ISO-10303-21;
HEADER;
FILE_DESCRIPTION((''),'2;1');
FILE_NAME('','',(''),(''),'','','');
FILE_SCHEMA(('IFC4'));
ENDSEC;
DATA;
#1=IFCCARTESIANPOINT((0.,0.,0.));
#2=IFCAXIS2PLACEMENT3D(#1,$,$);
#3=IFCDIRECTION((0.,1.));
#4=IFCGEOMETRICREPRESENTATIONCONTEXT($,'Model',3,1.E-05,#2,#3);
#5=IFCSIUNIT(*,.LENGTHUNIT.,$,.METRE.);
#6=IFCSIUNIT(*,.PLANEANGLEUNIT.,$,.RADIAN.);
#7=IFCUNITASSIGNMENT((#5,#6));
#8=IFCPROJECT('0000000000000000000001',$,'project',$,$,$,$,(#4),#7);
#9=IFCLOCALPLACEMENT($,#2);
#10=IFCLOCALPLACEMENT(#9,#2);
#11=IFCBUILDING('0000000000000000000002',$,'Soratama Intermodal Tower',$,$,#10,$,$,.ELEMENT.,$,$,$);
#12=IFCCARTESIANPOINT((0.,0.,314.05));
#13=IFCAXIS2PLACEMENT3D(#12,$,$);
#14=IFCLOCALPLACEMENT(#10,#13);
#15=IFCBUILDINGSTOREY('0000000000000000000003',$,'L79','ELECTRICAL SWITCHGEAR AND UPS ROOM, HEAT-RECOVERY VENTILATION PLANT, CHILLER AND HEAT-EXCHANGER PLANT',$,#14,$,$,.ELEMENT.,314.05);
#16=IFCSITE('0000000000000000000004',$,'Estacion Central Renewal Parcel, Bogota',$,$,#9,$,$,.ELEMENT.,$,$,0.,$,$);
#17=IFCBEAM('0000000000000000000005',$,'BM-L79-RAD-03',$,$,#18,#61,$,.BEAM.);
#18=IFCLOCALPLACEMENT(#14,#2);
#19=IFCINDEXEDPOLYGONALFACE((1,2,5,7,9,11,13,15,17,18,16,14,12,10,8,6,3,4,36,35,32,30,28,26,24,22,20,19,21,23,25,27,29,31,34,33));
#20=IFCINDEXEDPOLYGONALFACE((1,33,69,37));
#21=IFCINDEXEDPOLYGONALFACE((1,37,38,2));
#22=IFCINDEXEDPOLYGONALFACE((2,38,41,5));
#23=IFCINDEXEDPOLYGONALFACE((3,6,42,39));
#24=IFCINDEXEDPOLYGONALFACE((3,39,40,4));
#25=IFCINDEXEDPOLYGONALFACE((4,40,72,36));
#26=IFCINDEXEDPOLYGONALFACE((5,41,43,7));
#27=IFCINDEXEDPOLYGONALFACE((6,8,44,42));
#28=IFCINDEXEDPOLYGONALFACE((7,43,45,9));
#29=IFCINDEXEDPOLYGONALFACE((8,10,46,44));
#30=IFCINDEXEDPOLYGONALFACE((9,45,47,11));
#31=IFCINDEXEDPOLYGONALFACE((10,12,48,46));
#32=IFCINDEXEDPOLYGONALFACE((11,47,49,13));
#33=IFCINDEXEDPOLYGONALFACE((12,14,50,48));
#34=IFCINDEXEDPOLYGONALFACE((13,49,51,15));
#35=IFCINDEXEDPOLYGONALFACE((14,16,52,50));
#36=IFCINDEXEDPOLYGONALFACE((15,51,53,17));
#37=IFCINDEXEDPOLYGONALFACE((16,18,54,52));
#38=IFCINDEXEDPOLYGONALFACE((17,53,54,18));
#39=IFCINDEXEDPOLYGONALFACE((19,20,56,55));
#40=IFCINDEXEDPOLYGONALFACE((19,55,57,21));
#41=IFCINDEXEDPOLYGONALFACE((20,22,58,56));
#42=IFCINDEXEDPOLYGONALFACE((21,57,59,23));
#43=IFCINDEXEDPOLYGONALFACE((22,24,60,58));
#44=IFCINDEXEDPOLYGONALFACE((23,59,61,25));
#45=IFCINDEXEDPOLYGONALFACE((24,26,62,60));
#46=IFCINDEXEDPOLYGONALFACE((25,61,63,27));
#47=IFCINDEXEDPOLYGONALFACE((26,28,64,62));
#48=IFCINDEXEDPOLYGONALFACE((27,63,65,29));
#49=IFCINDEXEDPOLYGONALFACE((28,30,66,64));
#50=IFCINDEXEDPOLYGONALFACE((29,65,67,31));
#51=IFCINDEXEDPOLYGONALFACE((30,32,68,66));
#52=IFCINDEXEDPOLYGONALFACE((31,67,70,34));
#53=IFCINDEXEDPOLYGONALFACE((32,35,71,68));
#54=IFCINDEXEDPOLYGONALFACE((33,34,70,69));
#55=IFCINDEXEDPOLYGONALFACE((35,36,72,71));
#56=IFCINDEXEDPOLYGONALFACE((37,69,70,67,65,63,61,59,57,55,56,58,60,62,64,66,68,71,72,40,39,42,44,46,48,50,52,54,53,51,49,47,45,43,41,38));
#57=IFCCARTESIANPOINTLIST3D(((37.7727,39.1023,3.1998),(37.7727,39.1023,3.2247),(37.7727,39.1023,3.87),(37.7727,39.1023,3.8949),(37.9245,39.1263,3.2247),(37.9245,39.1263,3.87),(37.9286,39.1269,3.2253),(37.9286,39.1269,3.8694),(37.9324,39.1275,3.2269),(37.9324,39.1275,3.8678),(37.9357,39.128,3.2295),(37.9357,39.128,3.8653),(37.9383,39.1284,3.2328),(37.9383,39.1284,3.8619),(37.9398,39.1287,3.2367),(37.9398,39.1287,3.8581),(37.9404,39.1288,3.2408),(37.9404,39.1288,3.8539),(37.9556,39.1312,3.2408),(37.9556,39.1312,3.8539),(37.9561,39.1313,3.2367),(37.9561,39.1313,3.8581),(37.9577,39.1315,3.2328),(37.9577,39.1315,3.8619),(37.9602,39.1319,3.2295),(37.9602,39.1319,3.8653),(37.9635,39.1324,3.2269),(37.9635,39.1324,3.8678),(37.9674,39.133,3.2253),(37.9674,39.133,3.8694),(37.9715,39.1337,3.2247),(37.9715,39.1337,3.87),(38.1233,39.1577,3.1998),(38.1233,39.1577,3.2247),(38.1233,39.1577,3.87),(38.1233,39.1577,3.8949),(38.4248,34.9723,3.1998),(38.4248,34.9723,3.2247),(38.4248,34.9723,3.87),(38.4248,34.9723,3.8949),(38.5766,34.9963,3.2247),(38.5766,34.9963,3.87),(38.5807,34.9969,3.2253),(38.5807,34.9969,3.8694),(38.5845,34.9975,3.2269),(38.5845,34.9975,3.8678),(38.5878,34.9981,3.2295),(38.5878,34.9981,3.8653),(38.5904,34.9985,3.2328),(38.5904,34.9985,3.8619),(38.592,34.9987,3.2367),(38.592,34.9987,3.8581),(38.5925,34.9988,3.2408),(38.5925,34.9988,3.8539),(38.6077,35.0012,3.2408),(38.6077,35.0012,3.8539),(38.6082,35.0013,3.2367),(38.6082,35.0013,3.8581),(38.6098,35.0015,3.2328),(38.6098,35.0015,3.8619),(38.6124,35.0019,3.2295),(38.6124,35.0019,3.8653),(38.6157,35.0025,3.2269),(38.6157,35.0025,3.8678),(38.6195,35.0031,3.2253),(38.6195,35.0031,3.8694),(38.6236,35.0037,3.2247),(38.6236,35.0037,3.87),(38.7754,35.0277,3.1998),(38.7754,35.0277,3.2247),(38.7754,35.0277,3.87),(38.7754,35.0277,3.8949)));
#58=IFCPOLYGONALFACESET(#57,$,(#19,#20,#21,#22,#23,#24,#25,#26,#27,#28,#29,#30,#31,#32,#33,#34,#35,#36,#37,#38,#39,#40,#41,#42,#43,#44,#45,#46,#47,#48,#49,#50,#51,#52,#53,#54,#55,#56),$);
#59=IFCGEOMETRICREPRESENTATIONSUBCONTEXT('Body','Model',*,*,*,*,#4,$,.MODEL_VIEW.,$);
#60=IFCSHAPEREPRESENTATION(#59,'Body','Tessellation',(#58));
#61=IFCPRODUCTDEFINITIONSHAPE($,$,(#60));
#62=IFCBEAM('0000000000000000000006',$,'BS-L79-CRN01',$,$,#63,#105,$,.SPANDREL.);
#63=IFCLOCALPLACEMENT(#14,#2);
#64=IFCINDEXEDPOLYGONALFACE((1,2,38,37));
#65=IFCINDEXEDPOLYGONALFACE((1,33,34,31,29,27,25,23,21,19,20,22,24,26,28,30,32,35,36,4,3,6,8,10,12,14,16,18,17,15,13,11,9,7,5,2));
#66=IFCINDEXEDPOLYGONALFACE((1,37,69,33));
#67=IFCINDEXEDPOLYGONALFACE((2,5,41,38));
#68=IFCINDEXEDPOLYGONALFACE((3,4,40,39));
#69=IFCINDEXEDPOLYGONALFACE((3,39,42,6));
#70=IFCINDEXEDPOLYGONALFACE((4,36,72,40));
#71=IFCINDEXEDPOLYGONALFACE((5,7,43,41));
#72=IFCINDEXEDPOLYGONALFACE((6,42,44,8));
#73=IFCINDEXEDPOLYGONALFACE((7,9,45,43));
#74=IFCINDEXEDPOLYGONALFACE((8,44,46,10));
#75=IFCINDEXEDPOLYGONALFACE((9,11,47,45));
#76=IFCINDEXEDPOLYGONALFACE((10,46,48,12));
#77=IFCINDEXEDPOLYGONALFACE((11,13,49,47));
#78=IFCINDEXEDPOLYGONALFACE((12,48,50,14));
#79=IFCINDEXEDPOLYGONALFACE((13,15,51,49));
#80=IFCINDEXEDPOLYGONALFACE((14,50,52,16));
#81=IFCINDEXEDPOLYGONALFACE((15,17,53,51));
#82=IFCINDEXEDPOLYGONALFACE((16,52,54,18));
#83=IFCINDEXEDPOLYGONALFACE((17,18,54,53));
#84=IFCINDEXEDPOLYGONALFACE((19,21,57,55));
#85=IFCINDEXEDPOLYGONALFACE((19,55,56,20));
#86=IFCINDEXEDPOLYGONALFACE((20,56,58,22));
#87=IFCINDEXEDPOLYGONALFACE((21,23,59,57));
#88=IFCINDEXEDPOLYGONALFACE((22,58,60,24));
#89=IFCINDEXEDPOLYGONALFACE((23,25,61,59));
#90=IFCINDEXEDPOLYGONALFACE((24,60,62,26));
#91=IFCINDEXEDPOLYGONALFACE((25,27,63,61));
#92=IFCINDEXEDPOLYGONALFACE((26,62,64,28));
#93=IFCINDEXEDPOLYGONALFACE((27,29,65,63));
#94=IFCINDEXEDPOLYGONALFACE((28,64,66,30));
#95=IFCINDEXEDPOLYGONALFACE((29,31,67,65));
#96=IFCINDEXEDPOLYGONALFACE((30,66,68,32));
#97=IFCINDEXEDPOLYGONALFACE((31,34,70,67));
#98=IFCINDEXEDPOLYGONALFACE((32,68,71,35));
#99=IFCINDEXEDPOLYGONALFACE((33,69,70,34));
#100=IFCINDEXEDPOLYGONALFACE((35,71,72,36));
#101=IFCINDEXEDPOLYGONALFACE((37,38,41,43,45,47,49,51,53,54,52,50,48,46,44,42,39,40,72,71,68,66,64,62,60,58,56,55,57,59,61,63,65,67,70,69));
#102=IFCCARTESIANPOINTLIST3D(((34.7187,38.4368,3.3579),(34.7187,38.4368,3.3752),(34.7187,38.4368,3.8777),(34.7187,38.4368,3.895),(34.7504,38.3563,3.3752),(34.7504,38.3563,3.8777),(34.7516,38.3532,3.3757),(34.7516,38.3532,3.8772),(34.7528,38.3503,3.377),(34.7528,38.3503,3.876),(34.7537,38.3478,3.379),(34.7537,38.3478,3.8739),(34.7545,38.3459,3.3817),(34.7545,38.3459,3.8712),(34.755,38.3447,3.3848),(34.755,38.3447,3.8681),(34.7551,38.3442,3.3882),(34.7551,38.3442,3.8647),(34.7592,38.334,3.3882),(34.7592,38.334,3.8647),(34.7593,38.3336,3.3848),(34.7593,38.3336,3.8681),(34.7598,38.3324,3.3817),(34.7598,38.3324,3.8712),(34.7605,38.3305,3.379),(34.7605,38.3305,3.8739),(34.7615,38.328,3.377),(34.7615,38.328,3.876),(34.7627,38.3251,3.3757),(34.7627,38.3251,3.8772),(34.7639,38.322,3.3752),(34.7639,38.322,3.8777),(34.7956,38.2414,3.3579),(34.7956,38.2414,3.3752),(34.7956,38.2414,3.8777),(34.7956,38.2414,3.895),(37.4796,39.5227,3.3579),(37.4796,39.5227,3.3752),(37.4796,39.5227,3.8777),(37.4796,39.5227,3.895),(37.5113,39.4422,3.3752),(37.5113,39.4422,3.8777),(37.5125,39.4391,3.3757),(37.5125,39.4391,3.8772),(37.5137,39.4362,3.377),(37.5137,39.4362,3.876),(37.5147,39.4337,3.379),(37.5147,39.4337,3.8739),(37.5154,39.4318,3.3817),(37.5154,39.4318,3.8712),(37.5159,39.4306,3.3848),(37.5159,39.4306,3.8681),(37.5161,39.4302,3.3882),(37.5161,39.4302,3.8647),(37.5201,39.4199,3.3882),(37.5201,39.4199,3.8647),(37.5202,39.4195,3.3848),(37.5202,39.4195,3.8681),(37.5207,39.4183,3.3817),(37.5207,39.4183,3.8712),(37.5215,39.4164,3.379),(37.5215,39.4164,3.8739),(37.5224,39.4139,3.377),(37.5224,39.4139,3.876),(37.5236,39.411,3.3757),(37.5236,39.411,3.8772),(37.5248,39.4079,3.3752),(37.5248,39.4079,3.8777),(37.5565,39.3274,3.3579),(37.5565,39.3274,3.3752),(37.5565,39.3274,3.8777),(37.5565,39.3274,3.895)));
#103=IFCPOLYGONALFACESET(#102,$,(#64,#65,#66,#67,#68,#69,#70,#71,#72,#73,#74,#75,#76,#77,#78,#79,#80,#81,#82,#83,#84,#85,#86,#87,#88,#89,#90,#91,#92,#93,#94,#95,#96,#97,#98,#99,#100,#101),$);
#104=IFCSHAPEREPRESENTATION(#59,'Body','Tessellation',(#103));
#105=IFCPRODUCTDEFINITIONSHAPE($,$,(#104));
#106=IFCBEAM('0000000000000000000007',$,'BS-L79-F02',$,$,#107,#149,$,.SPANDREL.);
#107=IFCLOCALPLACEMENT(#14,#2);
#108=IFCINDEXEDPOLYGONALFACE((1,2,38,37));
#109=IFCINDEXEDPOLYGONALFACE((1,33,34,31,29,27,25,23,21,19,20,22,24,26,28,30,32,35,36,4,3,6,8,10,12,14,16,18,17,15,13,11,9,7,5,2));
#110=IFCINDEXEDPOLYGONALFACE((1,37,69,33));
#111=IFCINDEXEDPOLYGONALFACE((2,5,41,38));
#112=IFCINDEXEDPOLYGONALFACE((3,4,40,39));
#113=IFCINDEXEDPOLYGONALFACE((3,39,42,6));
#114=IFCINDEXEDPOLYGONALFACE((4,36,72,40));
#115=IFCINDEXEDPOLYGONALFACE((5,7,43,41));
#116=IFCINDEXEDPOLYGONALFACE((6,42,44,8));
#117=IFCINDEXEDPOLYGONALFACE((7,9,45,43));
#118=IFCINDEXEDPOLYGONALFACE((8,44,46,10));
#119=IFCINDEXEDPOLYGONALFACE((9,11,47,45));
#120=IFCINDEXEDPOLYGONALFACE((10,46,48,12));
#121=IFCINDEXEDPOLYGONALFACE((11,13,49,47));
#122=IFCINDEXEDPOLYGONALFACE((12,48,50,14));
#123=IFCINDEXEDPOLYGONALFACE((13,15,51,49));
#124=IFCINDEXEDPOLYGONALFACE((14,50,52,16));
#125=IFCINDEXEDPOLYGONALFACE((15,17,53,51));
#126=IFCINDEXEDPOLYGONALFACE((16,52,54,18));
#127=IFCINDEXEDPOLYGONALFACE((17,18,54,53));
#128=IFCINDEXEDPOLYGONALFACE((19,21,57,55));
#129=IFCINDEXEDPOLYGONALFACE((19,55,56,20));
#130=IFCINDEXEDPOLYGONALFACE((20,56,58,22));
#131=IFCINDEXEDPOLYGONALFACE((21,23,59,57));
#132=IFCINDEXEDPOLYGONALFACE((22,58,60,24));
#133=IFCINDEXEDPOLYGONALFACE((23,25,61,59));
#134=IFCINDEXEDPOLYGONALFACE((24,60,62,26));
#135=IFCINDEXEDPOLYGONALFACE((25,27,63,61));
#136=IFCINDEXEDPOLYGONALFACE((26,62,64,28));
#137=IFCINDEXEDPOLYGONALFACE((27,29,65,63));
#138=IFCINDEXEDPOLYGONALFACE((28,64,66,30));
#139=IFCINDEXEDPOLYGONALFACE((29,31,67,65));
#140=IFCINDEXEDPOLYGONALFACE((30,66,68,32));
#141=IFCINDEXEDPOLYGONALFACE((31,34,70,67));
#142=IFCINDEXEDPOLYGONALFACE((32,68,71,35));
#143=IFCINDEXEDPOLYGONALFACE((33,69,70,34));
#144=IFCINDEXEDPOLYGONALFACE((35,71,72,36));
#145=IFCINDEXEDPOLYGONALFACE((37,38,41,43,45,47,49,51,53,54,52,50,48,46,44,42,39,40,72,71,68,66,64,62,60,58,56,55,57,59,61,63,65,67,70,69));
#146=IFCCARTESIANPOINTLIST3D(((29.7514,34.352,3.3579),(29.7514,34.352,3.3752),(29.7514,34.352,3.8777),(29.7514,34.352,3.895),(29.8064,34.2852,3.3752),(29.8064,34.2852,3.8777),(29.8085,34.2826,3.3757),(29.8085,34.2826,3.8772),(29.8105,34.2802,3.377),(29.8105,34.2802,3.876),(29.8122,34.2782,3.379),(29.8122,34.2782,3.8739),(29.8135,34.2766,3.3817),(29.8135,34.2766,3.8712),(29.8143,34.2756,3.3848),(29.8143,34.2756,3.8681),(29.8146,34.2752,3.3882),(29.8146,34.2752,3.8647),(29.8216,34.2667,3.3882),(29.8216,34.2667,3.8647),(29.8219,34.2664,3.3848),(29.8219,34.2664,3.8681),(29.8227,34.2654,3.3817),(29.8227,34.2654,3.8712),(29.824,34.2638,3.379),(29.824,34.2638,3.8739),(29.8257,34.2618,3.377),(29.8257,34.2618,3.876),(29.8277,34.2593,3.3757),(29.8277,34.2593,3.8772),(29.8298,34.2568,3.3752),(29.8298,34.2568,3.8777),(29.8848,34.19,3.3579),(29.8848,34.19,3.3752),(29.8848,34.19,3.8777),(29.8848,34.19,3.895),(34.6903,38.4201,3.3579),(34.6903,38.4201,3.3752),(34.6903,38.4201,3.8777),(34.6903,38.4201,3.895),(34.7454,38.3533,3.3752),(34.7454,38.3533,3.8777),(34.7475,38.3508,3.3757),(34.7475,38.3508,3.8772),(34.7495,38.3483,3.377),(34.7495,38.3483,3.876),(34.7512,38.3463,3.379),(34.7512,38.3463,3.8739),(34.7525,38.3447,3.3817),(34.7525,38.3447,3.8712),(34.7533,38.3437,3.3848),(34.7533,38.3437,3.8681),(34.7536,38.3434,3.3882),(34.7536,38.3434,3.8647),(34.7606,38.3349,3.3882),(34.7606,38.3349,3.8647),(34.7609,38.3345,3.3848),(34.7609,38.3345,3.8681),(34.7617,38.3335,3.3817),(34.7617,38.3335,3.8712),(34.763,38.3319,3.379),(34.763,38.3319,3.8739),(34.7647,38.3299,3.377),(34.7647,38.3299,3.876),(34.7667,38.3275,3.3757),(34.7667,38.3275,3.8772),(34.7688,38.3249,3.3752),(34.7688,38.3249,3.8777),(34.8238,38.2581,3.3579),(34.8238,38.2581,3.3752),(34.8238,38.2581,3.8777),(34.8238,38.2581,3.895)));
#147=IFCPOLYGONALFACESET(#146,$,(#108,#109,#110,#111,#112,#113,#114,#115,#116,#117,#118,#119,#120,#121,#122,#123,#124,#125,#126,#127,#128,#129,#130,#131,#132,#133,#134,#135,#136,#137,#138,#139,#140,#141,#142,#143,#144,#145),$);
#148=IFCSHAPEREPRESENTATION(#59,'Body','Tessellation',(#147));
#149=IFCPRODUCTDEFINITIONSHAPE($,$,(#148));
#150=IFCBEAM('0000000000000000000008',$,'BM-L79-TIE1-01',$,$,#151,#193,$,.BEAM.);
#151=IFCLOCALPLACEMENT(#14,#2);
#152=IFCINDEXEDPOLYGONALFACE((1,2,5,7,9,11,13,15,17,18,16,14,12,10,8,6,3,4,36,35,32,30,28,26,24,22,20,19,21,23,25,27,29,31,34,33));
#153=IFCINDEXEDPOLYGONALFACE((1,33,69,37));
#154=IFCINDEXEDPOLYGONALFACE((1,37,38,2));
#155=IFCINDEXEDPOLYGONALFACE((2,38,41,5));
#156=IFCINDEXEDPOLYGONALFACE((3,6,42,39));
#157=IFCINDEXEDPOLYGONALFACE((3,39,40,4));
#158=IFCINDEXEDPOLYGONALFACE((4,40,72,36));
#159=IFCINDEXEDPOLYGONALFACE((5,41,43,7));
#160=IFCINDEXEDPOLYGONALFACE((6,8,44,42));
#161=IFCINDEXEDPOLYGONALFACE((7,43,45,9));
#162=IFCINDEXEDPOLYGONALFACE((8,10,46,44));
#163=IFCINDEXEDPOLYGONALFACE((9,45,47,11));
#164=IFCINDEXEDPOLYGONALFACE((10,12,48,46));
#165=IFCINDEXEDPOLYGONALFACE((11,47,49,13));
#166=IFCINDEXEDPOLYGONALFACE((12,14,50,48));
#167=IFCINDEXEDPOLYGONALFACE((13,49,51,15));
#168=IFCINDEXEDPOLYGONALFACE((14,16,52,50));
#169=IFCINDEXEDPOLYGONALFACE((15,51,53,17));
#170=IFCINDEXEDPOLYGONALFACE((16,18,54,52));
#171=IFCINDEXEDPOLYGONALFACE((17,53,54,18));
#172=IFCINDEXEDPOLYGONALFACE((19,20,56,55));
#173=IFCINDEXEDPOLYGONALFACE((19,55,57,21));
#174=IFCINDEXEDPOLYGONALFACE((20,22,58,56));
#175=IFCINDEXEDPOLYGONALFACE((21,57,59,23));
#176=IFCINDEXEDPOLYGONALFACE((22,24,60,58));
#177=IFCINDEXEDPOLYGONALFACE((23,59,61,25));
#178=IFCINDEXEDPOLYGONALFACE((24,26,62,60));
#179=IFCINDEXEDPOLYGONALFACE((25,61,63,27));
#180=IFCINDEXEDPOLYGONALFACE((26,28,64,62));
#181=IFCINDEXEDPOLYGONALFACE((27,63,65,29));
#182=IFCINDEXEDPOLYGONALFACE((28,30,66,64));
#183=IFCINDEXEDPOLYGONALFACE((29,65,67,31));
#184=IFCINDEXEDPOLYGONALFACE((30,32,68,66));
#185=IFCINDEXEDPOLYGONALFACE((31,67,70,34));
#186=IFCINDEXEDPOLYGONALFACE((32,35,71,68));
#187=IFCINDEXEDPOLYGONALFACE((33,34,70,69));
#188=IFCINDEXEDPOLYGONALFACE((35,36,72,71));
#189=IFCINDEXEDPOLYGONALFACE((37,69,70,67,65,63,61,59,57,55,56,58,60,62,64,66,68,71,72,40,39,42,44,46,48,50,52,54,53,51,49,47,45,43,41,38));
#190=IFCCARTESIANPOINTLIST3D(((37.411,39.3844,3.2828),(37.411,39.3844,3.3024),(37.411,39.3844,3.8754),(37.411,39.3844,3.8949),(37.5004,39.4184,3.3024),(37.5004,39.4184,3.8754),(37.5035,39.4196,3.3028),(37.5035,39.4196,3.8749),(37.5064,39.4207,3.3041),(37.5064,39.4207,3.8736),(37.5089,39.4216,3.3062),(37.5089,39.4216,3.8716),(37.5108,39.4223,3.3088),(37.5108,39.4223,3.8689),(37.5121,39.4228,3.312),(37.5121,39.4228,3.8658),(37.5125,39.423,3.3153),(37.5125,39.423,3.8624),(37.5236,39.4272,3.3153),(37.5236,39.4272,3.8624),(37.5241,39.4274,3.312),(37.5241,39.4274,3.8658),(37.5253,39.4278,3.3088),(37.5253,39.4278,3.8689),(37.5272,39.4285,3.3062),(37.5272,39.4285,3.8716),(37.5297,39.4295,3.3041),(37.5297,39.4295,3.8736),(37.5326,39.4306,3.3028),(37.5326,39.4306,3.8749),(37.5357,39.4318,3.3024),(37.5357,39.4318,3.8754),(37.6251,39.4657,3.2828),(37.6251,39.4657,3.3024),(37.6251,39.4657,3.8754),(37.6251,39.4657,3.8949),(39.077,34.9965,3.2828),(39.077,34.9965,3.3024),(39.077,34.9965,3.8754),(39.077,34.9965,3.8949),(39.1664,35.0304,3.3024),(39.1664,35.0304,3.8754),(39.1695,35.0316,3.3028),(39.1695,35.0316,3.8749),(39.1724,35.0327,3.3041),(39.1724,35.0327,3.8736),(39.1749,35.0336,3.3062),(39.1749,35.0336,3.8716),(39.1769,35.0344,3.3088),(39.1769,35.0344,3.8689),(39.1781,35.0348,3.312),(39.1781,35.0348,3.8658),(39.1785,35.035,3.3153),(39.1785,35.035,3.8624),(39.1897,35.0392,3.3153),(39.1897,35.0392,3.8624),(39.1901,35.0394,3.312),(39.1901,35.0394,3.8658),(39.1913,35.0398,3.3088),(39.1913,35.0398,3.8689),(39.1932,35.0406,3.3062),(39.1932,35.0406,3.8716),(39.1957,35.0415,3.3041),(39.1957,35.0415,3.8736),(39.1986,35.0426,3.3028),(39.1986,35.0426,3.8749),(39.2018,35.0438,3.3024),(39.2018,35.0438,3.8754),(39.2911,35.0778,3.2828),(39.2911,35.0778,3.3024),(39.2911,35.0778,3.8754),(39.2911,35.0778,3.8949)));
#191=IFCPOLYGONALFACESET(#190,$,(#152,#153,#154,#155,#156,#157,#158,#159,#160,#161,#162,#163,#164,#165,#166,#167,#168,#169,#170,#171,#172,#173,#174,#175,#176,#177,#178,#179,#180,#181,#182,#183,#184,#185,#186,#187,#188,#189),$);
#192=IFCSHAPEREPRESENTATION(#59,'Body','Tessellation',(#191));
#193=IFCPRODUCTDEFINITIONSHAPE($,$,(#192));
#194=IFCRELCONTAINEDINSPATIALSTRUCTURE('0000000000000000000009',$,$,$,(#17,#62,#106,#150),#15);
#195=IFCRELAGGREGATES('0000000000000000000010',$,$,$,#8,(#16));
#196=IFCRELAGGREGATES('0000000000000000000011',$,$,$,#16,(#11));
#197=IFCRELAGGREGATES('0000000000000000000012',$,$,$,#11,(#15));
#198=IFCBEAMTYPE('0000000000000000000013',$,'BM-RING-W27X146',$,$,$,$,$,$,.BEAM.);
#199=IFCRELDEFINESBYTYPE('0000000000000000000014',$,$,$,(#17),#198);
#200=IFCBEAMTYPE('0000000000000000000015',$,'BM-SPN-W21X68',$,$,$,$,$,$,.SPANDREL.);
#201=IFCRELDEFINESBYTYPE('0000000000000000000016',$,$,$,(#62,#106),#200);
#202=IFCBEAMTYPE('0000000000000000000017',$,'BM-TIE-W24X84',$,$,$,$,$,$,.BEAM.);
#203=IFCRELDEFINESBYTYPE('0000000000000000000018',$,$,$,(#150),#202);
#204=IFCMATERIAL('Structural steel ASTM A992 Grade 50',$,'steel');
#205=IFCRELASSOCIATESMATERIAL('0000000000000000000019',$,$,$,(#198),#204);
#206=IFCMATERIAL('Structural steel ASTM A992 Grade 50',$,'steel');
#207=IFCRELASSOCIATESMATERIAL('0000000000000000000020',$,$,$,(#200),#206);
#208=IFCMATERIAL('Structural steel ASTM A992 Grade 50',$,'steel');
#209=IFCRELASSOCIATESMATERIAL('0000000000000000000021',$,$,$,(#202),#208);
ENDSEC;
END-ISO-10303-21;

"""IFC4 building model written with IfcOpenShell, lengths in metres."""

from ifc_helpers import new_model, si_unit, direction, frame, origin, origin_2d, place, context, subcontext, project, spatial, i_section, extrude, material, material_profile, profile_set, type_object, element, save


model = new_model("IFC4")

# Units and contexts
model_context = context("Model", 3, precision=1e-05, world=origin(), true_north=direction((0.0, 1.0)))
body_context = subcontext(model_context, "Body", "Model", "MODEL_VIEW")
ifc_project = project(units=[si_unit("LENGTHUNIT", "METRE"), si_unit("PLANEANGLEUNIT", "RADIAN")], contexts=[model_context])

# Site, building, storey
site_placement = place(None, origin())
site = spatial("IfcSite", under=ifc_project, at=site_placement, Name="Estacion Central Renewal Parcel, Bogota", CompositionType="ELEMENT", RefElevation=0.0)
building_placement = place(site_placement, origin())
building = spatial("IfcBuilding", under=site, at=building_placement, Name="Soratama Intermodal Tower", CompositionType="ELEMENT")
storey_placement = place(building_placement, frame((0.0, 0.0, 314.05)))
storey = spatial("IfcBuildingStorey", under=building, at=storey_placement, Name="L79", Description="ELECTRICAL SWITCHGEAR AND UPS ROOM, HEAT-RECOVERY VENTILATION PLANT, CHILLER AND HEAT-EXCHANGER PLANT", CompositionType="ELEMENT", Elevation=314.05)

# Beams
ifc_material_1 = material(Name="Structural steel ASTM A992 Grade 50", Category="steel")
ifc_material_profile_1 = material_profile(ifc_material_1, i_section(OverallWidth=0.355, OverallDepth=0.6951, WebThickness=0.0154, FlangeThickness=0.0249, FilletRadius=0.0161, at=origin_2d()), Name="W27X146")
ifc_profile_set_1 = profile_set([ifc_material_profile_1], Name="Structural steel ASTM A992 Grade 50")
beam_type_1 = type_object("IfcBeamType", Name="BM-RING-W27X146", PredefinedType="BEAM", material=ifc_profile_set_1)
beam_1_placement = place(storey_placement, frame((38.6001, 35.0, 3.5474), z_axis=(-0.155966, 0.987762, 0.0), x_axis=(-0.987762, -0.155966, 0.0)))
element("IfcBeam", 1, at=beam_1_placement, inside=storey, type_object=beam_type_1, Name="BM-L79-RAD-03", PredefinedType="BEAM", context=body_context, shape_type="SweptSolid", body=[
    extrude(i_section(OverallWidth=0.355, OverallDepth=0.6951, WebThickness=0.0154, FlangeThickness=0.0249, FilletRadius=0.0161, at=origin_2d()), origin(), (0.0, 0.0, 1.0), 4.1812),
])
ifc_material_2 = material(Name="Structural steel ASTM A992 Grade 50", Category="steel")
ifc_material_profile_2 = material_profile(ifc_material_2, i_section(OverallWidth=0.21, OverallDepth=0.5371, WebThickness=0.011, FlangeThickness=0.0173, FilletRadius=0.0129, at=origin_2d()), Name="W21X68")
ifc_profile_set_2 = profile_set([ifc_material_profile_2], Name="Structural steel ASTM A992 Grade 50")
beam_type_2 = type_object("IfcBeamType", Name="BM-SPN-W21X68", PredefinedType="SPANDREL", material=ifc_profile_set_2)
beam_2_placement = place(storey_placement, frame((37.5181, 39.425, 3.6265), z_axis=(-0.930606, -0.366022, 0.0), x_axis=(0.366022, -0.930606, 0.0)))
element("IfcBeam", 2, at=beam_2_placement, inside=storey, type_object=beam_type_2, Name="BS-L79-CRN01", PredefinedType="SPANDREL", context=body_context, shape_type="SweptSolid", body=[
    extrude(i_section(OverallWidth=0.21, OverallDepth=0.5371, WebThickness=0.011, FlangeThickness=0.0173, FilletRadius=0.0129, at=origin_2d()), origin(), (0.0, 0.0, 1.0), 2.9668),
])
beam_3_placement = place(storey_placement, frame((34.7571, 38.3391, 3.6265), z_axis=(-0.771874, -0.635775, 0.0), x_axis=(0.635775, -0.771874, 0.0)))
element("IfcBeam", 3, at=beam_3_placement, inside=storey, type_object=beam_type_2, Name="BS-L79-F02", PredefinedType="SPANDREL", context=body_context, shape_type="SweptSolid", body=[
    extrude(i_section(OverallWidth=0.21, OverallDepth=0.5371, WebThickness=0.011, FlangeThickness=0.0173, FilletRadius=0.0129, at=origin_2d()), origin(), (0.0, 0.0, 1.0), 6.3987),
])
ifc_material_3 = material(Name="Structural steel ASTM A992 Grade 50", Category="steel")
ifc_material_profile_3 = material_profile(ifc_material_3, i_section(OverallWidth=0.229, OverallDepth=0.6121, WebThickness=0.012, FlangeThickness=0.0195, FilletRadius=0.0129, at=origin_2d()), Name="W24X84")
ifc_profile_set_3 = profile_set([ifc_material_profile_3], Name="Structural steel ASTM A992 Grade 50")
beam_type_3 = type_object("IfcBeamType", Name="BM-TIE-W24X84", PredefinedType="BEAM", material=ifc_profile_set_3)
beam_4_placement = place(storey_placement, frame((39.1841, 35.0371, 3.5889), z_axis=(-0.354957, 0.934883, 0.0), x_axis=(-0.934883, -0.354957, 0.0)))
element("IfcBeam", 4, at=beam_4_placement, inside=storey, type_object=beam_type_3, Name="BM-L79-TIE1-01", PredefinedType="BEAM", context=body_context, shape_type="SweptSolid", body=[
    extrude(i_section(OverallWidth=0.229, OverallDepth=0.6121, WebThickness=0.012, FlangeThickness=0.0195, FilletRadius=0.0129, at=origin_2d()), origin(), (0.0, 0.0, 1.0), 4.6936),
])

save(model, "model.ifc")
